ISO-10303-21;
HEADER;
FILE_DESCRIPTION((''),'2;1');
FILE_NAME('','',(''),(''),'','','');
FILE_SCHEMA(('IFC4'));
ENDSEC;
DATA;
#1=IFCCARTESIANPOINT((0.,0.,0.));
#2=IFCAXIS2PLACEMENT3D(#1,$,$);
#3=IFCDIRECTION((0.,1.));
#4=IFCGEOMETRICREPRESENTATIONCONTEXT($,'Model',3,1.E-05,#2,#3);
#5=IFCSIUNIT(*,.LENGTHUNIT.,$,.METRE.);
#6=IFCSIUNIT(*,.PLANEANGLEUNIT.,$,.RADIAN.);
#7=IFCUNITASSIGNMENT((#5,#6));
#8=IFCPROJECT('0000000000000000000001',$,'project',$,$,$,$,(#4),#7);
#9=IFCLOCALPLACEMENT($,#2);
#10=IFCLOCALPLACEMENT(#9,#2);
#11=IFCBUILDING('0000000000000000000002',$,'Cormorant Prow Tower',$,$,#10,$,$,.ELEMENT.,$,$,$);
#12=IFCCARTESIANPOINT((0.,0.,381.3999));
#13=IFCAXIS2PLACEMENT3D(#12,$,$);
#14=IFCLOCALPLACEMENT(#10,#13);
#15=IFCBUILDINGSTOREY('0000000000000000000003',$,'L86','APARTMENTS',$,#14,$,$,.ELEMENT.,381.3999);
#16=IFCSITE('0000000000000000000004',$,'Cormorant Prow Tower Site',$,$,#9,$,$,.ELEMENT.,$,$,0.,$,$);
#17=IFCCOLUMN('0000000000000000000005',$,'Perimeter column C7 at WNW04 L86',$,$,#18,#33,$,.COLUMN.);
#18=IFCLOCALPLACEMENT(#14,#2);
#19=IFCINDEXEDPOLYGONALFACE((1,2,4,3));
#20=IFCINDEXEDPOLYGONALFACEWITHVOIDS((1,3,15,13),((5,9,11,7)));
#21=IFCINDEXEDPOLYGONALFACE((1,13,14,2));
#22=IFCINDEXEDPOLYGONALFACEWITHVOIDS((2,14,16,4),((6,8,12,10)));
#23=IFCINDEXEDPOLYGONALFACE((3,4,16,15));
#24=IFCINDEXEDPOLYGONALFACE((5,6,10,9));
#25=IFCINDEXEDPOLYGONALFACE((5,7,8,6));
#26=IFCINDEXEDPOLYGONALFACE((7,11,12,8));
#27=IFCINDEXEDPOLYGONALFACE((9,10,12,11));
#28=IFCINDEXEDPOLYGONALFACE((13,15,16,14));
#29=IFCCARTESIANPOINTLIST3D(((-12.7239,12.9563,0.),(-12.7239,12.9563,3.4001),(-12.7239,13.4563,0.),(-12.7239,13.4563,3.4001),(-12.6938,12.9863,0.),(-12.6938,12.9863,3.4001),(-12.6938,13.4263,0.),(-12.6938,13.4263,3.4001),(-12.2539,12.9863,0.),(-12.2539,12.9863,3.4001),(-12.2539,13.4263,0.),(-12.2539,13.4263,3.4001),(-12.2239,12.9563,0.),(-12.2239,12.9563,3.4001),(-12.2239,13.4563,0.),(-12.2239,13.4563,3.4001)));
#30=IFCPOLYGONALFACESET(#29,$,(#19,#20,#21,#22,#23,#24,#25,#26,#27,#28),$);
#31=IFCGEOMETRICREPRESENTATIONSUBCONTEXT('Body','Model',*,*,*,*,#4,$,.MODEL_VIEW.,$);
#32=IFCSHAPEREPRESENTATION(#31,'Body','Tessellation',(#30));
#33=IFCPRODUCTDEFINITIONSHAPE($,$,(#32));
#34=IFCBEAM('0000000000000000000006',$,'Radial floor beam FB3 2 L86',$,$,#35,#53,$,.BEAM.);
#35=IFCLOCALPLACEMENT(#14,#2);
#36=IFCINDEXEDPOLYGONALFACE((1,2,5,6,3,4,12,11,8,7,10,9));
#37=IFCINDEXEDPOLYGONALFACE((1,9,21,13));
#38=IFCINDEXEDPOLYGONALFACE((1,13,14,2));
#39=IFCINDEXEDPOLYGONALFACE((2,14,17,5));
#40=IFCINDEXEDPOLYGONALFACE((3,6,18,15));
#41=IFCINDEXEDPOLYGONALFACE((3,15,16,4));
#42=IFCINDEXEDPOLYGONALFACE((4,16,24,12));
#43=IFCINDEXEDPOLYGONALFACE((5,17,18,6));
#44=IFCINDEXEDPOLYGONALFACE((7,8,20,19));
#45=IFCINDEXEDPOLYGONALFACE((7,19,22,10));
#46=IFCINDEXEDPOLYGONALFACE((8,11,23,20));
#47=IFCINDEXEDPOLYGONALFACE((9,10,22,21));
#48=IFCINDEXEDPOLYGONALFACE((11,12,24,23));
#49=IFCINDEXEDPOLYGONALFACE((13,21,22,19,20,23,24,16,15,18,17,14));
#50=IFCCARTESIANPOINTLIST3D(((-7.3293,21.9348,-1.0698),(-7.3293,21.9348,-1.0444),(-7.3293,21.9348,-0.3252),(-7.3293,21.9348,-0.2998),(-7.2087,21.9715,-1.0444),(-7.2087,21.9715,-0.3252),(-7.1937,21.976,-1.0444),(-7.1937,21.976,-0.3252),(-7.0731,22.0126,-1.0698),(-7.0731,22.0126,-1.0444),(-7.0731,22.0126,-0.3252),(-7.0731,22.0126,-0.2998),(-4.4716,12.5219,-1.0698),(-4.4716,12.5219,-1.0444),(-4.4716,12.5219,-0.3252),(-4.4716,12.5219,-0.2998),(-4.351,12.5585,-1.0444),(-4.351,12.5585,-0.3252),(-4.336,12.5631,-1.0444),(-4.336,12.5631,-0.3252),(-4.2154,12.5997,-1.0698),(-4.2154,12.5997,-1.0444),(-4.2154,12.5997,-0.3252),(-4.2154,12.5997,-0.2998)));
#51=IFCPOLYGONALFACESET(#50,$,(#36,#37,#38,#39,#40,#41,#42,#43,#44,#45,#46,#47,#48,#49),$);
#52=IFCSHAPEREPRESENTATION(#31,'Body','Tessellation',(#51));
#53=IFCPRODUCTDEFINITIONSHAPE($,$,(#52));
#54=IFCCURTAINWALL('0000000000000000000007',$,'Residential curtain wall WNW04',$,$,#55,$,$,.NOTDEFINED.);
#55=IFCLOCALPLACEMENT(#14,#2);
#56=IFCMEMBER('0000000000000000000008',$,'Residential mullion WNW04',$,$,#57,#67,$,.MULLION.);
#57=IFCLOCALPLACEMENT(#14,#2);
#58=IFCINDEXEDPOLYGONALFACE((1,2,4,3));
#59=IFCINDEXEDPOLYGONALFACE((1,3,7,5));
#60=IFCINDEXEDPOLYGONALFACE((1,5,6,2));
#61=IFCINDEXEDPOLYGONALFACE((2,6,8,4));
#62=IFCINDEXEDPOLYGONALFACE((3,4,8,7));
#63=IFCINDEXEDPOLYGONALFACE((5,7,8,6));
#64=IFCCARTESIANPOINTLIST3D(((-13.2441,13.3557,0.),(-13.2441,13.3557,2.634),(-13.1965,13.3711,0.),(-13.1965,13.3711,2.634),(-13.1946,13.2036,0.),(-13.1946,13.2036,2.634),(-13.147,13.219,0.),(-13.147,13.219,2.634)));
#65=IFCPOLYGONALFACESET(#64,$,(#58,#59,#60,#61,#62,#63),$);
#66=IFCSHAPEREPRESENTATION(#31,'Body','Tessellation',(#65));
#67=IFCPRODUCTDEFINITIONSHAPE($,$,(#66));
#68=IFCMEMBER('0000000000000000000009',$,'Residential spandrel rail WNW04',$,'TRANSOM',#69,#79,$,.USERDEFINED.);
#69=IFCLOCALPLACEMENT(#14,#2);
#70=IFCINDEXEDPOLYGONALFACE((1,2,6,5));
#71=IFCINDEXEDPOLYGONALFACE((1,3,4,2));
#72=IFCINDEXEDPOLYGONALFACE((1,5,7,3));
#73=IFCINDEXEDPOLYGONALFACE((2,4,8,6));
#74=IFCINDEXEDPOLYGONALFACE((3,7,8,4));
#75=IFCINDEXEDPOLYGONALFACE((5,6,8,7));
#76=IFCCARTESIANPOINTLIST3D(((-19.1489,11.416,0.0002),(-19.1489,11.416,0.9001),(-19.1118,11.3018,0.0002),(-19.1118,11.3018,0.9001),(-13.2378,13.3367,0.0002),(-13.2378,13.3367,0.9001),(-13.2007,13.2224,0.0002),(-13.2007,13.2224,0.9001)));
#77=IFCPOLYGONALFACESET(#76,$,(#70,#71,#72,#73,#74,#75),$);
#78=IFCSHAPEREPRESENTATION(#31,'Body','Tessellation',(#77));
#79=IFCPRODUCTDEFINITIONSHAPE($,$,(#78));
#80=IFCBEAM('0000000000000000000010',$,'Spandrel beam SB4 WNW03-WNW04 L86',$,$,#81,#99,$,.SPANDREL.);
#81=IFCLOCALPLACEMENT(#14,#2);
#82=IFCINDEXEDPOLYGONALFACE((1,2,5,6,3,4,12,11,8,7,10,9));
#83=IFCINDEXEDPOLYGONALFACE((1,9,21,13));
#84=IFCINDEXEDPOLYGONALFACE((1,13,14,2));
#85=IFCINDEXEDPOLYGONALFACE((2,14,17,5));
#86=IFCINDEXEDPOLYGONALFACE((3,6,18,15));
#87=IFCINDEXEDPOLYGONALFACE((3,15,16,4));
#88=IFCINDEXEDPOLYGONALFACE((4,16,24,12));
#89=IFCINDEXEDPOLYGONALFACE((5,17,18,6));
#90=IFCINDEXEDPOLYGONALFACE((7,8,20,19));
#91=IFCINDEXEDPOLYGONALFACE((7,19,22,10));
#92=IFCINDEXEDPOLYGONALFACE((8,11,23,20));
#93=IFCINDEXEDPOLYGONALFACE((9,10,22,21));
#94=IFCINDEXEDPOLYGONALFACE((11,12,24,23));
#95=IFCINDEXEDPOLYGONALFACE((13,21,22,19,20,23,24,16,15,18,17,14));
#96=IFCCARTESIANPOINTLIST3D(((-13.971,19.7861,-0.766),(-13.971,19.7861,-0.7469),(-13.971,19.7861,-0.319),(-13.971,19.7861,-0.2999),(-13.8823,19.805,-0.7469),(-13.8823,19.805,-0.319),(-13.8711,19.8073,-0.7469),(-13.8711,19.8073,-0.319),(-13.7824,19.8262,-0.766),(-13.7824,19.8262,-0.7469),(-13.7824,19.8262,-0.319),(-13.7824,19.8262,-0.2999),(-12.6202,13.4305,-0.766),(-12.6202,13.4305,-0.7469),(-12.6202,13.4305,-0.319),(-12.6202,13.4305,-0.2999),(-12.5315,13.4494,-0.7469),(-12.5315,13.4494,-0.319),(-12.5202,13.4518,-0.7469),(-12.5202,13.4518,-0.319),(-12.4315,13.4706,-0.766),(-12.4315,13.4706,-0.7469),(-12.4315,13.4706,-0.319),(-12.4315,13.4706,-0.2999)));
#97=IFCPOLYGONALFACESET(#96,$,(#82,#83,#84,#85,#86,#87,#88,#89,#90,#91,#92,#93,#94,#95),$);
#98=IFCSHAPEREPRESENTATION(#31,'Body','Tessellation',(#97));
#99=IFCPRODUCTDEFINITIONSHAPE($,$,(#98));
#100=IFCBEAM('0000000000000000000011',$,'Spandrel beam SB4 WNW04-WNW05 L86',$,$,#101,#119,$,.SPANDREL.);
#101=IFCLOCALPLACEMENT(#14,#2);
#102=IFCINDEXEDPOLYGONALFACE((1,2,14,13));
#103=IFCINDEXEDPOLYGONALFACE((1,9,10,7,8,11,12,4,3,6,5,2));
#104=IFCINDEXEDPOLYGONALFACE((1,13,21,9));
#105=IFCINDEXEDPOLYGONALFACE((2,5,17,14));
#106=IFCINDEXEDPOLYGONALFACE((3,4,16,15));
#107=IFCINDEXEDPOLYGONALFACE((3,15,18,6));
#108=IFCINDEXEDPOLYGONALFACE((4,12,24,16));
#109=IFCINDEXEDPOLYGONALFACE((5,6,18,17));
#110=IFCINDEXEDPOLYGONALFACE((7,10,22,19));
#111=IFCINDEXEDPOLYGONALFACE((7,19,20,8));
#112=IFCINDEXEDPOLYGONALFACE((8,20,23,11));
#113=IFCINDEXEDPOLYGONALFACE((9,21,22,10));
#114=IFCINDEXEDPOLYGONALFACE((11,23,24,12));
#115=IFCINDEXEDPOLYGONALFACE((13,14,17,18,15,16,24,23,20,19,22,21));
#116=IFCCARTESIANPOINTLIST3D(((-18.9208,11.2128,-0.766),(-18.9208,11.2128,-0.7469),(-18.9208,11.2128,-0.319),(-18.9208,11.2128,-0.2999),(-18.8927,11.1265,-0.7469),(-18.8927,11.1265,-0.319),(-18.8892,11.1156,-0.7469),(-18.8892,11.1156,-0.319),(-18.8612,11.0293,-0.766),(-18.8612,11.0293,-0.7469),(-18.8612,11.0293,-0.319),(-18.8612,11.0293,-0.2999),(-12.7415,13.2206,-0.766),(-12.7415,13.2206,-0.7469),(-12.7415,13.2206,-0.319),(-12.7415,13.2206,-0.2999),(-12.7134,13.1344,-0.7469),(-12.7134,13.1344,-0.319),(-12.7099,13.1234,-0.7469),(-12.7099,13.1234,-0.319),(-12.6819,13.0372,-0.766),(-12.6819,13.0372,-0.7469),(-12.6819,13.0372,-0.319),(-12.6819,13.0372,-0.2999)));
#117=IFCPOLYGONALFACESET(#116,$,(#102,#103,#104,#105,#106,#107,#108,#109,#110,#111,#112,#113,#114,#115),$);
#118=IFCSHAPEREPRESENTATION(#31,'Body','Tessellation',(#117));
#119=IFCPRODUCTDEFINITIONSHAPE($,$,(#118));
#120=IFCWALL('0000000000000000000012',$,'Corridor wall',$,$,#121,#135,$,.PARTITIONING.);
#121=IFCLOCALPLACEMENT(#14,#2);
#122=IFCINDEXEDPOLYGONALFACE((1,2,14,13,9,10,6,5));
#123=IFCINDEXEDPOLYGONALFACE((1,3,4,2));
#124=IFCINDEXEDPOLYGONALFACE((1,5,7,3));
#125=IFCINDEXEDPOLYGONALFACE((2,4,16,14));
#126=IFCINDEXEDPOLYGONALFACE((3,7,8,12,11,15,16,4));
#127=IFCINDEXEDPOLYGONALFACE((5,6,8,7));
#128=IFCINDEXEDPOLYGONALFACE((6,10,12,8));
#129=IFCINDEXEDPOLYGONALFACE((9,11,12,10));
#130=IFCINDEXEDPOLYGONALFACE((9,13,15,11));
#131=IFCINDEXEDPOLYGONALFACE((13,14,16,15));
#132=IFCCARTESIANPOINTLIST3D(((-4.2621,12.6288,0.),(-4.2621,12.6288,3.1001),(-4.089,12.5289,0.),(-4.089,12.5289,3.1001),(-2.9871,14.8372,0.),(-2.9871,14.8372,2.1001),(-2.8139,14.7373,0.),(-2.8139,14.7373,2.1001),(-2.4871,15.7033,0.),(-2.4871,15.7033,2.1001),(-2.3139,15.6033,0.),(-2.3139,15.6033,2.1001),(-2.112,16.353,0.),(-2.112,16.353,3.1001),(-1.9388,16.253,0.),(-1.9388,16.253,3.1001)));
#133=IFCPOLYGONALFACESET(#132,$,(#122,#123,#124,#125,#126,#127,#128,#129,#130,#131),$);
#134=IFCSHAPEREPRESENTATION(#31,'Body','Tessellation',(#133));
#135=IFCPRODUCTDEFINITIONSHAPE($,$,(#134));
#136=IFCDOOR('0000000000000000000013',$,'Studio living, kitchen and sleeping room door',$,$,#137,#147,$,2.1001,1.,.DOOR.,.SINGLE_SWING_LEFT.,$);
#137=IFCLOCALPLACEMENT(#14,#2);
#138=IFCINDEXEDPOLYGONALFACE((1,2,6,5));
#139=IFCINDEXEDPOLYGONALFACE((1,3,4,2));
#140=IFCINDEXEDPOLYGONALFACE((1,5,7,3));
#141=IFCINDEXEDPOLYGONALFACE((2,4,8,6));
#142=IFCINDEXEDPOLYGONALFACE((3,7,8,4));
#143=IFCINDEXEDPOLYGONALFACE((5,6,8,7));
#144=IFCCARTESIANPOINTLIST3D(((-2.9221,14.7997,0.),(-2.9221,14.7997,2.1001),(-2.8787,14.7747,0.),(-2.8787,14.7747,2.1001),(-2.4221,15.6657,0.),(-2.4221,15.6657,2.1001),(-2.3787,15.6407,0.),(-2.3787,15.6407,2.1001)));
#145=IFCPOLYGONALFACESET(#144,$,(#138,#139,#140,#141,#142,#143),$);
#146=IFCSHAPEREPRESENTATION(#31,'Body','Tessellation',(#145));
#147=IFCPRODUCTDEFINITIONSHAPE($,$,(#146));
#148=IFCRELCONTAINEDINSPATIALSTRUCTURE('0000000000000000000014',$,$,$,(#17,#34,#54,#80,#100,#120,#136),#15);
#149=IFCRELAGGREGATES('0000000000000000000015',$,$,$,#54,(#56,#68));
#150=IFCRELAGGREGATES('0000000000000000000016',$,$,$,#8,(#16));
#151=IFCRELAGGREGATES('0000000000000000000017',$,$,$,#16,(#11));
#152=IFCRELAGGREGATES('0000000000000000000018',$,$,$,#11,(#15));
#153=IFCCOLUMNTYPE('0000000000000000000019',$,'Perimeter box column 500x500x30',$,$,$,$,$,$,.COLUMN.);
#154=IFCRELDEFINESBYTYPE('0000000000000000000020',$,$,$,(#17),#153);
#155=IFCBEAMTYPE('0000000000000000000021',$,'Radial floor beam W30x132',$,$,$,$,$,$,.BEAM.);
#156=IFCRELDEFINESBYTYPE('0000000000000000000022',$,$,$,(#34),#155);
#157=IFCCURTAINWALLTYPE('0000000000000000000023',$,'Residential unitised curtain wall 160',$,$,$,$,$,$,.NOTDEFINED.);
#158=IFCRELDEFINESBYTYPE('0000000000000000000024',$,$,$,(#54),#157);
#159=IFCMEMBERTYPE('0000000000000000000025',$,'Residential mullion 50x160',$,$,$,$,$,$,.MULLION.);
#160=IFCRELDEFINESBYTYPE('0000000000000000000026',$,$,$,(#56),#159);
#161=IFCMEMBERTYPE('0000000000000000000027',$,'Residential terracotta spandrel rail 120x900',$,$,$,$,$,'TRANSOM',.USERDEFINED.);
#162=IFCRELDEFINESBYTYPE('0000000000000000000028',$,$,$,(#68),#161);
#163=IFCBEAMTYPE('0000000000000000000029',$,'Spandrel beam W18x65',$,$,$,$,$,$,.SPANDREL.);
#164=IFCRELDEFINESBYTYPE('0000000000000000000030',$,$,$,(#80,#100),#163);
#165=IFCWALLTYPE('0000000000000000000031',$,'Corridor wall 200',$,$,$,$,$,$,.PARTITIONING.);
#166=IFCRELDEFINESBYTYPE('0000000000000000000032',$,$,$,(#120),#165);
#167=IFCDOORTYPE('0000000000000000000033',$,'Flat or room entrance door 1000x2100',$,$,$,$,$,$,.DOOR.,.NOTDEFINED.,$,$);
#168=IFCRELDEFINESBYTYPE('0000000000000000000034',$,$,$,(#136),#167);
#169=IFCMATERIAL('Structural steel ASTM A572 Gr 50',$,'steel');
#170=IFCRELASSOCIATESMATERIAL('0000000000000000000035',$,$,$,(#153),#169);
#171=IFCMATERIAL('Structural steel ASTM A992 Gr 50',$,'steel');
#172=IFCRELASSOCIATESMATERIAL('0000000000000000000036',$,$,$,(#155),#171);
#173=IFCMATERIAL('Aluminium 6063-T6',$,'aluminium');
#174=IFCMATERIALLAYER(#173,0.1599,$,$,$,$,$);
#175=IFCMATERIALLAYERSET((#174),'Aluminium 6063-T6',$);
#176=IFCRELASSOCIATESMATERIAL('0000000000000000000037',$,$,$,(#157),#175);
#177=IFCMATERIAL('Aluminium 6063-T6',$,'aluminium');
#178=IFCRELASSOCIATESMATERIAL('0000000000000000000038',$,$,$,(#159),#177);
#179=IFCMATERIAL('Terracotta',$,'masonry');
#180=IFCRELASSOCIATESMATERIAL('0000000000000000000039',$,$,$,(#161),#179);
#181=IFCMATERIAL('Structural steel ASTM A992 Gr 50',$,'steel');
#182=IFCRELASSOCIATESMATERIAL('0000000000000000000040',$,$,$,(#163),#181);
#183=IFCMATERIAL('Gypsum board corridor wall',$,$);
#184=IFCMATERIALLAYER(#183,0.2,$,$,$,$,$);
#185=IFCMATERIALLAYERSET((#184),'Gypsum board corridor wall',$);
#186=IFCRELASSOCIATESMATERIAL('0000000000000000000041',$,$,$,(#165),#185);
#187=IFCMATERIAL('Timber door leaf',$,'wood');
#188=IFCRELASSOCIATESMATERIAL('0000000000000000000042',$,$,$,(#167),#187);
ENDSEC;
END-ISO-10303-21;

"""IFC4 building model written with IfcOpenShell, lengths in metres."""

from ifc_helpers import new_model, si_unit, direction, frame, frame_2d, origin, origin_2d, place, context, subcontext, project, spatial, rectangle, hollow_rectangle, i_section, extrude, material, layer, layer_set, material_profile, profile_set, type_object, element, fill, aggregate, save


model = new_model("IFC4")

# Units and contexts
model_context = context("Model", 3, precision=1e-05, world=origin(), true_north=direction((0.0, 1.0)))
body_context = subcontext(model_context, "Body", "Model", "MODEL_VIEW")
ifc_project = project(units=[si_unit("LENGTHUNIT", "METRE"), si_unit("PLANEANGLEUNIT", "RADIAN")], contexts=[model_context])

# Site, building, storey
site_placement = place(None, origin())
site = spatial("IfcSite", under=ifc_project, at=site_placement, Name="Cormorant Prow Tower Site", CompositionType="ELEMENT", RefElevation=0.0)
building_placement = place(site_placement, origin())
building = spatial("IfcBuilding", under=site, at=building_placement, Name="Cormorant Prow Tower", CompositionType="ELEMENT")
storey_placement = place(building_placement, frame((0.0, 0.0, 381.3999)))
storey = spatial("IfcBuildingStorey", under=building, at=storey_placement, Name="L86", Description="APARTMENTS", CompositionType="ELEMENT", Elevation=381.3999)

# Column
ifc_material_1 = material(Name="Structural steel ASTM A572 Gr 50", Category="steel")
ifc_material_profile_1 = material_profile(ifc_material_1, hollow_rectangle(XDim=0.5, YDim=0.5, WallThickness=0.03, at=origin_2d()), Name="Box 500x500x30")
ifc_profile_set_1 = profile_set([ifc_material_profile_1], Name="Structural steel ASTM A572 Gr 50")
column_type = type_object("IfcColumnType", Name="Perimeter box column 500x500x30", PredefinedType="COLUMN", material=ifc_profile_set_1)
column_placement = place(storey_placement, frame((-12.4739, 13.2063, 0.0), z_axis=(0.0, 0.0, 1.0), x_axis=(1.0, 0.0, 0.0)))
element("IfcColumn", 1, at=column_placement, inside=storey, type_object=column_type, Name="Perimeter column C7 at WNW04 L86", PredefinedType="COLUMN", context=body_context, shape_type="SweptSolid", body=[
    extrude(hollow_rectangle(XDim=0.5, YDim=0.5, WallThickness=0.03, at=origin_2d()), origin(), (0.0, 0.0, 1.0), 3.4001),
])

# Beam
ifc_material_2 = material(Name="Structural steel ASTM A992 Gr 50", Category="steel")
ifc_material_profile_2 = material_profile(ifc_material_2, i_section(OverallWidth=0.2678, OverallDepth=0.77, WebThickness=0.0156, FlangeThickness=0.0254, at=origin_2d()), Name="W30x132")
ifc_profile_set_2 = profile_set([ifc_material_profile_2], Name="Structural steel ASTM A992 Gr 50")
beam_type_1 = type_object("IfcBeamType", Name="Radial floor beam W30x132", PredefinedType="BEAM", material=ifc_profile_set_2)
beam_1_placement = place(storey_placement, frame((-4.3435, 12.5608, -0.6848), z_axis=(-0.2905, 0.956875, 0.0), x_axis=(-0.956875, -0.2905, 0.0)))
element("IfcBeam", 2, at=beam_1_placement, inside=storey, type_object=beam_type_1, Name="Radial floor beam FB3 2 L86", PredefinedType="BEAM", context=body_context, shape_type="SweptSolid", body=[
    extrude(i_section(OverallWidth=0.2678, OverallDepth=0.77, WebThickness=0.0156, FlangeThickness=0.0254, at=origin_2d()), origin(), (0.0, 0.0, 1.0), 9.8372),
])

# Curtain wall, members
ifc_material_3 = material(Name="Aluminium 6063-T6", Category="aluminium")
ifc_layer_1 = layer(ifc_material_3, 0.1599)
ifc_layer_set_1 = layer_set([ifc_layer_1], Name="Aluminium 6063-T6")
curtain_wall_type = type_object("IfcCurtainWallType", Name="Residential unitised curtain wall 160", PredefinedType="NOTDEFINED", material=ifc_layer_set_1)
curtain_wall_placement = place(storey_placement, origin())
curtain_wall = element("IfcCurtainWall", 3, at=curtain_wall_placement, inside=storey, type_object=curtain_wall_type, Name="Residential curtain wall WNW04", PredefinedType="NOTDEFINED")
ifc_material_4 = material(Name="Aluminium 6063-T6", Category="aluminium")
ifc_material_profile_3 = material_profile(ifc_material_4, rectangle(XDim=0.1599, YDim=0.05, at=origin_2d()), Name="Residential mullion 50x160")
ifc_profile_set_3 = profile_set([ifc_material_profile_3], Name="Aluminium 6063-T6")
member_type_1 = type_object("IfcMemberType", Name="Residential mullion 50x160", PredefinedType="MULLION", material=ifc_profile_set_3)
member_1_placement = place(storey_placement, frame((-13.1956, 13.2874, 0.0), z_axis=(0.0, 0.0, 1.0), x_axis=(0.309017, -0.951057, 0.0)))
member_1 = element("IfcMember", 4, at=member_1_placement, type_object=member_type_1, Name="Residential mullion WNW04", PredefinedType="MULLION", context=body_context, shape_type="SweptSolid", body=[
    extrude(rectangle(XDim=0.1599, YDim=0.05, at=origin_2d()), origin(), (0.0, 0.0, 1.0), 2.634),
])
ifc_material_5 = material(Name="Terracotta", Category="masonry")
ifc_material_profile_4 = material_profile(ifc_material_5, rectangle(XDim=0.1201, YDim=0.8999, at=origin_2d()), Name="Residential terracotta spandrel rail 120x900")
ifc_profile_set_4 = profile_set([ifc_material_profile_4], Name="Terracotta")
member_type_2 = type_object("IfcMemberType", Name="Residential terracotta spandrel rail 120x900", ElementType="TRANSOM", PredefinedType="USERDEFINED", material=ifc_profile_set_4)
member_2_placement = place(storey_placement, frame((-13.2192, 13.2795, 0.4502), z_axis=(-0.951056, -0.309019, 0.0), x_axis=(0.309019, -0.951056, 0.0)))
member_2 = element("IfcMember", 5, at=member_2_placement, type_object=member_type_2, Name="Residential spandrel rail WNW04", ObjectType="TRANSOM", PredefinedType="USERDEFINED", context=body_context, shape_type="SweptSolid", body=[
    extrude(rectangle(XDim=0.1201, YDim=0.8999, at=origin_2d()), origin(), (0.0, 0.0, 1.0), 6.2153),
])
aggregate(curtain_wall, [member_1, member_2])

# Beams
ifc_material_6 = material(Name="Structural steel ASTM A992 Gr 50", Category="steel")
ifc_material_profile_5 = material_profile(ifc_material_6, i_section(OverallWidth=0.1929, OverallDepth=0.4661, WebThickness=0.0115, FlangeThickness=0.019, at=origin_2d()), Name="W18x65")
ifc_profile_set_5 = profile_set([ifc_material_profile_5], Name="Structural steel ASTM A992 Gr 50")
beam_type_2 = type_object("IfcBeamType", Name="Spandrel beam W18x65", PredefinedType="SPANDREL", material=ifc_profile_set_5)
beam_2_placement = place(storey_placement, frame((-13.8767, 19.8062, -0.533), z_axis=(0.207902, -0.97815, 0.0), x_axis=(0.97815, 0.207902, 0.0)))
element("IfcBeam", 6, at=beam_2_placement, inside=storey, type_object=beam_type_2, Name="Spandrel beam SB4 WNW03-WNW04 L86", PredefinedType="SPANDREL", context=body_context, shape_type="SweptSolid", body=[
    extrude(i_section(OverallWidth=0.1929, OverallDepth=0.4661, WebThickness=0.0115, FlangeThickness=0.019, at=origin_2d()), origin(), (0.0, 0.0, 1.0), 6.4976),
])
beam_3_placement = place(storey_placement, frame((-12.7117, 13.1289, -0.533), z_axis=(-0.951053, -0.309027, 0.0), x_axis=(0.309027, -0.951053, 0.0)))
element("IfcBeam", 7, at=beam_3_placement, inside=storey, type_object=beam_type_2, Name="Spandrel beam SB4 WNW04-WNW05 L86", PredefinedType="SPANDREL", context=body_context, shape_type="SweptSolid", body=[
    extrude(i_section(OverallWidth=0.1929, OverallDepth=0.4661, WebThickness=0.0115, FlangeThickness=0.019, at=origin_2d()), origin(), (0.0, 0.0, 1.0), 6.4973),
])

# Wall, opening, door
ifc_material_7 = material(Name="Gypsum board corridor wall")
ifc_layer_2 = layer(ifc_material_7, 0.2)
ifc_layer_set_2 = layer_set([ifc_layer_2], Name="Gypsum board corridor wall")
wall_type_1 = type_object("IfcWallType", Name="Corridor wall 200", PredefinedType="PARTITIONING", material=ifc_layer_set_2)
wall_1_placement = place(storey_placement, frame((-4.1755, 12.5789, 0.0), z_axis=(0.0, 0.0, 1.0), x_axis=(0.500004, 0.866023, 0.0)))
wall_1 = element("IfcWall", 8, at=wall_1_placement, inside=storey, type_object=wall_type_1, Name="Corridor wall", PredefinedType="PARTITIONING", context=body_context, shape_type="SweptSolid", body=[
    extrude(rectangle(XDim=4.3003, YDim=0.2, at=frame_2d((2.1501, 0.0))), origin(), (0.0, 0.0, 1.0), 3.1001),
])
opening_1_placement = place(wall_1_placement, frame((2.55, 0.0, 0.0)))
opening_1 = element("IfcOpeningElement", 9, at=opening_1_placement, cuts=wall_1, PredefinedType="OPENING", context=body_context, shape_type="SweptSolid", body=[
    extrude(rectangle(XDim=1.0, YDim=2.1001, at=frame_2d((0.5, 1.05))), frame((0.0, 0.1099, 0.0), z_axis=(0.0, -1.0, 0.0), x_axis=(1.0, 0.0, 0.0)), (0.0, 0.0, 1.0), 0.22),
])
ifc_material_8 = material(Name="Timber door leaf", Category="wood")
door_type_1 = type_object("IfcDoorType", Name="Flat or room entrance door 1000x2100", OperationType="NOTDEFINED", PredefinedType="DOOR", material=ifc_material_8)
door_1_placement = place(opening_1_placement, origin())
door_1 = element("IfcDoor", 10, at=door_1_placement, inside=storey, type_object=door_type_1, Name="Studio living, kitchen and sleeping room door", OperationType="SINGLE_SWING_LEFT", OverallHeight=2.1001, OverallWidth=1.0, PredefinedType="DOOR", context=body_context, shape_type="SweptSolid", body=[
    extrude(rectangle(XDim=1.0, YDim=2.1001, at=frame_2d((0.5, 1.05))), frame((0.0, 0.0249, 0.0), z_axis=(0.0, -1.0, 0.0), x_axis=(1.0, 0.0, 0.0)), (0.0, 0.0, 1.0), 0.05),
])
fill(opening_1, door_1)

save(model, "model.ifc")
